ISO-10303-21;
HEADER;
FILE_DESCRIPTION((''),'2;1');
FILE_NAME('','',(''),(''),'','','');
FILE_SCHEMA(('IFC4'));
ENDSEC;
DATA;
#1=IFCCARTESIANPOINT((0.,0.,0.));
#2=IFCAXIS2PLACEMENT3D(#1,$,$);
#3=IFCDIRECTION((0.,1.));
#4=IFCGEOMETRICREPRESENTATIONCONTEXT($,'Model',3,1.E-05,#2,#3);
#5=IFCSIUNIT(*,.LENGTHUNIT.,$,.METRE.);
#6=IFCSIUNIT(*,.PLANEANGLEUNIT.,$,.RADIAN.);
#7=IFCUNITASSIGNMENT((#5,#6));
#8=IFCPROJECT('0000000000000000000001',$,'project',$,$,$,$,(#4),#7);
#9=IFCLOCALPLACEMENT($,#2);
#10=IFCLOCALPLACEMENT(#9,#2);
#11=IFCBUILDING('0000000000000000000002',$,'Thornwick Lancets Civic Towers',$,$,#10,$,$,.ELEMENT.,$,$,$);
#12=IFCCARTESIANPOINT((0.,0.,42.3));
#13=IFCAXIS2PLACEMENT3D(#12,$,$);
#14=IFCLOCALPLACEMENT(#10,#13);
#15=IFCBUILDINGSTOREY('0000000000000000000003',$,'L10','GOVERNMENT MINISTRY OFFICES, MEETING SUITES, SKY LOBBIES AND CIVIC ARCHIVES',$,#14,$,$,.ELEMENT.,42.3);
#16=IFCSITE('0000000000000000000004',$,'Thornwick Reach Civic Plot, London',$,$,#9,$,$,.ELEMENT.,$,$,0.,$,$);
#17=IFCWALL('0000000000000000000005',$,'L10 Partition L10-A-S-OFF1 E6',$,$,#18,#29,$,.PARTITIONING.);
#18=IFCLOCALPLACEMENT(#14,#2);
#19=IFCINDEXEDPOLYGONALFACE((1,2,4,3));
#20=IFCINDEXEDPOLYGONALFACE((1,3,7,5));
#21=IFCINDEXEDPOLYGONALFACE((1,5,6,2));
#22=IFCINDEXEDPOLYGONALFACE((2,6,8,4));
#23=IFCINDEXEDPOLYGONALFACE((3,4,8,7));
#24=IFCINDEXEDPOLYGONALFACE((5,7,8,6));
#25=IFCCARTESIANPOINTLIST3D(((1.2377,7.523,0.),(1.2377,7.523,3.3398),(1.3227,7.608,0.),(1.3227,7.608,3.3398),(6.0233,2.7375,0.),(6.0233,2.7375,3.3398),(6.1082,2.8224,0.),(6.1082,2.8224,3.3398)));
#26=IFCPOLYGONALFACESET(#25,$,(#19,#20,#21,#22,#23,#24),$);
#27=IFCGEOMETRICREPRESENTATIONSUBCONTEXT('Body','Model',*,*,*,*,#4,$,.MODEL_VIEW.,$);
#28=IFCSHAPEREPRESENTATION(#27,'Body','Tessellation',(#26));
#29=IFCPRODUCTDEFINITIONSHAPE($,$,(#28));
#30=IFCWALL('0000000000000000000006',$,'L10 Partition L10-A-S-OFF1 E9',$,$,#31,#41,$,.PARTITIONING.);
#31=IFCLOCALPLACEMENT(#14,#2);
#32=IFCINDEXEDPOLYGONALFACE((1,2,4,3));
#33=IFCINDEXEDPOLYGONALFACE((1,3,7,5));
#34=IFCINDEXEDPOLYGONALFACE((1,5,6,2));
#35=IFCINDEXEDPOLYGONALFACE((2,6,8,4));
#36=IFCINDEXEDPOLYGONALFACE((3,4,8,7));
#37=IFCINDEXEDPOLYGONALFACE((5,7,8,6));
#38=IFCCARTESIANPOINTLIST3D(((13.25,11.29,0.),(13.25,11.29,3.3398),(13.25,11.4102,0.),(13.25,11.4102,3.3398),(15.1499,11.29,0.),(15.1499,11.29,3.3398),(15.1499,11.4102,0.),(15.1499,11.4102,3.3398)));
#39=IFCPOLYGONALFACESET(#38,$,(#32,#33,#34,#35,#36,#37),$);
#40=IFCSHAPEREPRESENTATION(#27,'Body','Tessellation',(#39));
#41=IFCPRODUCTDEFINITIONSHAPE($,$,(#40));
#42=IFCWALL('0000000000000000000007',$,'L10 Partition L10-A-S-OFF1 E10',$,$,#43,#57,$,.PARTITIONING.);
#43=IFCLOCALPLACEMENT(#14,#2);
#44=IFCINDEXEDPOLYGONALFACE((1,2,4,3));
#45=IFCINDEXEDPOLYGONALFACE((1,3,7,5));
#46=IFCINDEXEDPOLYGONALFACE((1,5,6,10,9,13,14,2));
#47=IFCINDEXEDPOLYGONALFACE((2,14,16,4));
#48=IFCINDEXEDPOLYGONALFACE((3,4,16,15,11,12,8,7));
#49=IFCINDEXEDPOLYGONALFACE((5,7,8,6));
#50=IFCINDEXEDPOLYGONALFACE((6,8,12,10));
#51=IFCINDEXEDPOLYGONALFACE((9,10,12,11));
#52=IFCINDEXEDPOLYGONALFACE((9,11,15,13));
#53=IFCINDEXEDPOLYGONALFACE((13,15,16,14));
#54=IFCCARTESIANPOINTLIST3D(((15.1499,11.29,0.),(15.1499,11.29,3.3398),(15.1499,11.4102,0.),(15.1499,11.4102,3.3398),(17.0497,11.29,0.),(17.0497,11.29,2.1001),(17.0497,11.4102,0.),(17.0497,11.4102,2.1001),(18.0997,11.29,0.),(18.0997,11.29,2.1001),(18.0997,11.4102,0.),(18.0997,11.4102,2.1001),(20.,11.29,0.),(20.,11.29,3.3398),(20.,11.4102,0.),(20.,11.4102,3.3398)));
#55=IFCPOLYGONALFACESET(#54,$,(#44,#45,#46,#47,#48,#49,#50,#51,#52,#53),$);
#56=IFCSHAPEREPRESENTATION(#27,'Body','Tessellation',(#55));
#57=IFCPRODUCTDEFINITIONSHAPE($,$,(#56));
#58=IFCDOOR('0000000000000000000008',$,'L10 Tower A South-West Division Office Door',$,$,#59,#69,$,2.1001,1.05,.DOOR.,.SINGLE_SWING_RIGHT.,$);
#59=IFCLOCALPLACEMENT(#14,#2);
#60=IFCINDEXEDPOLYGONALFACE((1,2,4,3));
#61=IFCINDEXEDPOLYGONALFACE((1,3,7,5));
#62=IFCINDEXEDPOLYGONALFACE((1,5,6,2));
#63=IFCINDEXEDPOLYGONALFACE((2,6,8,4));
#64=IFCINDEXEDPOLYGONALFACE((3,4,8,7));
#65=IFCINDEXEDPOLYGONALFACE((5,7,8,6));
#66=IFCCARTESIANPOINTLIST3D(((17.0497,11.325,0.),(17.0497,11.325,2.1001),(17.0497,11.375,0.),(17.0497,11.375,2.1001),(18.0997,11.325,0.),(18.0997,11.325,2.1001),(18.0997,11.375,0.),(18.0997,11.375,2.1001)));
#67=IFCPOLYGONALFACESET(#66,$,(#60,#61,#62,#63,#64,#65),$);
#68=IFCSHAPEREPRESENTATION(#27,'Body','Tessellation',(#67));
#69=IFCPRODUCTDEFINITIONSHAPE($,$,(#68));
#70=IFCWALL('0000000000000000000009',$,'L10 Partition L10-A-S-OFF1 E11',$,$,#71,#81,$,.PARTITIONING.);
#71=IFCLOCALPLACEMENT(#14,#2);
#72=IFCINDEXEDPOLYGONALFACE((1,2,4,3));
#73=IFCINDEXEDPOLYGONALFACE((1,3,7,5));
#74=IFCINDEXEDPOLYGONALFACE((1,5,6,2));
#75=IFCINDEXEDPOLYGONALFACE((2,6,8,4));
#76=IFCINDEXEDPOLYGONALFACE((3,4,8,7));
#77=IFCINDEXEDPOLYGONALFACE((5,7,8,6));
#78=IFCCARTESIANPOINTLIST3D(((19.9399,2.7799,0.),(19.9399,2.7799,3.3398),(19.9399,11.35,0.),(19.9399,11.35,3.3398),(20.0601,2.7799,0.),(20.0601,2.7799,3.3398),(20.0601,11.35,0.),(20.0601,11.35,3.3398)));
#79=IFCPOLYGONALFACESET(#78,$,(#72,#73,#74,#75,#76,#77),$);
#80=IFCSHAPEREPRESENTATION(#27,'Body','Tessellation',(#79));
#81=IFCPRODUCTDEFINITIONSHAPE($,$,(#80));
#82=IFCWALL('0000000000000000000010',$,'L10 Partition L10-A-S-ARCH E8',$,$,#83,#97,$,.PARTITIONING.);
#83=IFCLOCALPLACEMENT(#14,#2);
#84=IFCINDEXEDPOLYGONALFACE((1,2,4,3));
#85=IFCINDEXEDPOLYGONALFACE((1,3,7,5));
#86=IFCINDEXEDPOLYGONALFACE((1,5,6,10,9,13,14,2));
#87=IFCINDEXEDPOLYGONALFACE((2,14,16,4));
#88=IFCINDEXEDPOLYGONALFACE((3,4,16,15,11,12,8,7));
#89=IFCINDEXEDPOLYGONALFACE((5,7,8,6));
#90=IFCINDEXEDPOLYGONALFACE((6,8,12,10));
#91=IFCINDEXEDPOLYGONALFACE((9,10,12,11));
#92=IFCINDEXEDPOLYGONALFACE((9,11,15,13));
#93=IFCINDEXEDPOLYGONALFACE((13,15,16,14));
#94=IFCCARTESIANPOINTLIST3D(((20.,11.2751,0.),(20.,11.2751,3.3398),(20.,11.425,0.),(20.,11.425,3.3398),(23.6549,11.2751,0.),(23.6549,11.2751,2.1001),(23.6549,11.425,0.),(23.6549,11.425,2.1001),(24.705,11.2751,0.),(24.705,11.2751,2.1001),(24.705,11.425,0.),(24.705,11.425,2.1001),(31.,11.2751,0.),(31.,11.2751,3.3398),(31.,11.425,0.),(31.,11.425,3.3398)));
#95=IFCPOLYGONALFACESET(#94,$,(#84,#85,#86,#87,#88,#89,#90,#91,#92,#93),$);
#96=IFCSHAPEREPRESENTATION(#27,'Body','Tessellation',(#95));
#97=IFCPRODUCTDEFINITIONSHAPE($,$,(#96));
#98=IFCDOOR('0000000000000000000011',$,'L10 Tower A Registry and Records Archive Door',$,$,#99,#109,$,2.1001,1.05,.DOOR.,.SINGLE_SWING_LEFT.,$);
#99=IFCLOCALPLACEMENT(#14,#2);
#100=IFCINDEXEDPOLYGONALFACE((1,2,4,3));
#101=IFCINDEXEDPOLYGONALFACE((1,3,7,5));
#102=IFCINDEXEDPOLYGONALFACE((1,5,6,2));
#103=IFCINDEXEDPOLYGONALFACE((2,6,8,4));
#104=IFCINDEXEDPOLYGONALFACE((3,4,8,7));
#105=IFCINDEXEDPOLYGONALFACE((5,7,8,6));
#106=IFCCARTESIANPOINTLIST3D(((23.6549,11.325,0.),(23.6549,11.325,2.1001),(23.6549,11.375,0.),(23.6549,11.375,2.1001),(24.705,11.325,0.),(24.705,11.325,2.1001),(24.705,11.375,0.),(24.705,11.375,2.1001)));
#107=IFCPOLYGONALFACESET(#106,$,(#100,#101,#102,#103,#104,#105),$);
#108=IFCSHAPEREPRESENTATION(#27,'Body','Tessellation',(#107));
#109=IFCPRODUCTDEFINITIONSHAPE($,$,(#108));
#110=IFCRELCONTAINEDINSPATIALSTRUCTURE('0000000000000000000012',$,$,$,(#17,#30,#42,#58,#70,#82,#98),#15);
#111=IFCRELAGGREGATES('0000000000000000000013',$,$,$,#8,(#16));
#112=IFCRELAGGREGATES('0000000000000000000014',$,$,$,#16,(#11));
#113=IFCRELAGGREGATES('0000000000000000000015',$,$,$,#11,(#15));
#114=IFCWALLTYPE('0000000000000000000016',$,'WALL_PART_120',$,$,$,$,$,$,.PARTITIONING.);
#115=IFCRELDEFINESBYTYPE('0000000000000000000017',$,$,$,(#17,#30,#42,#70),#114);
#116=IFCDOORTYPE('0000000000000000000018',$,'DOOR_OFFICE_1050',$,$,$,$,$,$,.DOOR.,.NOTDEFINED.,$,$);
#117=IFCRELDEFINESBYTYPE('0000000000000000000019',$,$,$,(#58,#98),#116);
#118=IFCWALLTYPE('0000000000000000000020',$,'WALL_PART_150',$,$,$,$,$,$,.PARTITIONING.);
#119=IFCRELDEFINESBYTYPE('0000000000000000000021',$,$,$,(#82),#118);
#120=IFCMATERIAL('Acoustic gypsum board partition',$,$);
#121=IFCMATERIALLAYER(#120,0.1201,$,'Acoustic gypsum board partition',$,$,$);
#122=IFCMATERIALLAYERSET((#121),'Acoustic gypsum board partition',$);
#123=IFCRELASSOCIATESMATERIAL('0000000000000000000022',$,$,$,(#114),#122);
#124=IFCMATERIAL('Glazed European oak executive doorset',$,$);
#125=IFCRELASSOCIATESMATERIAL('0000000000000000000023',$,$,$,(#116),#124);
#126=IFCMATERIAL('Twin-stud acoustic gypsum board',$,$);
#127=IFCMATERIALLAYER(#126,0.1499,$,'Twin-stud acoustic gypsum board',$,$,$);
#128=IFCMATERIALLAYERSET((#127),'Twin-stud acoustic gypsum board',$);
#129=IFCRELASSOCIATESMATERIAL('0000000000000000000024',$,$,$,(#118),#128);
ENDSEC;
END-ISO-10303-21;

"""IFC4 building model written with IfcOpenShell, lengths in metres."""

from ifc_helpers import new_model, si_unit, direction, frame, frame_2d, origin, place, context, subcontext, project, spatial, rectangle, extrude, material, layer, layer_set, type_object, element, fill, save


model = new_model("IFC4")

# Units and contexts
model_context = context("Model", 3, precision=1e-05, world=origin(), true_north=direction((0.0, 1.0)))
body_context = subcontext(model_context, "Body", "Model", "MODEL_VIEW")
ifc_project = project(units=[si_unit("LENGTHUNIT", "METRE"), si_unit("PLANEANGLEUNIT", "RADIAN")], contexts=[model_context])

# Site, building, storey
site_placement = place(None, origin())
site = spatial("IfcSite", under=ifc_project, at=site_placement, Name="Thornwick Reach Civic Plot, London", CompositionType="ELEMENT", RefElevation=0.0)
building_placement = place(site_placement, origin())
building = spatial("IfcBuilding", under=site, at=building_placement, Name="Thornwick Lancets Civic Towers", CompositionType="ELEMENT")
storey_placement = place(building_placement, frame((0.0, 0.0, 42.3)))
storey = spatial("IfcBuildingStorey", under=building, at=storey_placement, Name="L10", Description="GOVERNMENT MINISTRY OFFICES, MEETING SUITES, SKY LOBBIES AND CIVIC ARCHIVES", CompositionType="ELEMENT", Elevation=42.3)

# Walls
ifc_material_1 = material(Name="Acoustic gypsum board partition")
ifc_layer_1 = layer(ifc_material_1, 0.1201, Name="Acoustic gypsum board partition")
ifc_layer_set_1 = layer_set([ifc_layer_1], Name="Acoustic gypsum board partition")
wall_type_1 = type_object("IfcWallType", Name="WALL_PART_120", PredefinedType="PARTITIONING", material=ifc_layer_set_1)
wall_1_placement = place(storey_placement, frame((6.0657, 2.78, 0.0), z_axis=(0.0, 0.0, 1.0), x_axis=(-0.707107, 0.707107, 0.0)))
element("IfcWall", 1, at=wall_1_placement, inside=storey, type_object=wall_type_1, Name="L10 Partition L10-A-S-OFF1 E6", PredefinedType="PARTITIONING", context=body_context, shape_type="SweptSolid", body=[
    extrude(rectangle(XDim=6.7678, YDim=0.1201, at=frame_2d((3.3838, 0.0))), origin(), (0.0, 0.0, 1.0), 3.3398),
])
wall_2_placement = place(storey_placement, frame((13.25, 11.3501, 0.0), z_axis=(0.0, 0.0, 1.0), x_axis=(1.0, 0.0, 0.0)))
element("IfcWall", 2, at=wall_2_placement, inside=storey, type_object=wall_type_1, Name="L10 Partition L10-A-S-OFF1 E9", PredefinedType="PARTITIONING", context=body_context, shape_type="SweptSolid", body=[
    extrude(rectangle(XDim=1.8999, YDim=0.1201, at=frame_2d((0.95, 0.0))), origin(), (0.0, 0.0, 1.0), 3.3398),
])

# Wall, opening, door
wall_3_placement = place(storey_placement, frame((15.1499, 11.3501, 0.0), z_axis=(0.0, 0.0, 1.0), x_axis=(1.0, 0.0, 0.0)))
wall_3 = element("IfcWall", 3, at=wall_3_placement, inside=storey, type_object=wall_type_1, Name="L10 Partition L10-A-S-OFF1 E10", PredefinedType="PARTITIONING", context=body_context, shape_type="SweptSolid", body=[
    extrude(rectangle(XDim=4.8501, YDim=0.1201, at=frame_2d((2.425, 0.0))), origin(), (0.0, 0.0, 1.0), 3.3398),
])
opening_1_placement = place(wall_3_placement, frame((1.8999, 0.0, 0.0)))
opening_1 = element("IfcOpeningElement", 4, at=opening_1_placement, cuts=wall_3, PredefinedType="OPENING", context=body_context, shape_type="SweptSolid", body=[
    extrude(rectangle(XDim=1.05, YDim=2.1001, at=frame_2d((0.5249, 1.05))), frame((0.0, 0.0701, 0.0), z_axis=(0.0, -1.0, 0.0), x_axis=(1.0, 0.0, 0.0)), (0.0, 0.0, 1.0), 0.1401),
])
ifc_material_2 = material(Name="Glazed European oak executive doorset")
door_type_1 = type_object("IfcDoorType", Name="DOOR_OFFICE_1050", OperationType="NOTDEFINED", PredefinedType="DOOR", material=ifc_material_2)
door_1_placement = place(opening_1_placement, origin())
door_1 = element("IfcDoor", 5, at=door_1_placement, inside=storey, type_object=door_type_1, Name="L10 Tower A South-West Division Office Door", OperationType="SINGLE_SWING_RIGHT", OverallHeight=2.1001, OverallWidth=1.05, PredefinedType="DOOR", context=body_context, shape_type="SweptSolid", body=[
    extrude(rectangle(XDim=1.05, YDim=2.1001, at=frame_2d((0.5249, 1.05))), frame((0.0, 0.0249, 0.0), z_axis=(0.0, -1.0, 0.0), x_axis=(1.0, 0.0, 0.0)), (0.0, 0.0, 1.0), 0.05),
])
fill(opening_1, door_1)

# Wall
wall_4_placement = place(storey_placement, frame((20.0, 11.3501, 0.0), z_axis=(0.0, 0.0, 1.0), x_axis=(0.0, -1.0, 0.0)))
element("IfcWall", 6, at=wall_4_placement, inside=storey, type_object=wall_type_1, Name="L10 Partition L10-A-S-OFF1 E11", PredefinedType="PARTITIONING", context=body_context, shape_type="SweptSolid", body=[
    extrude(rectangle(XDim=8.5701, YDim=0.1201, at=frame_2d((4.2852, 0.0))), origin(), (0.0, 0.0, 1.0), 3.3398),
])

# Wall, opening, door
ifc_material_3 = material(Name="Twin-stud acoustic gypsum board")
ifc_layer_2 = layer(ifc_material_3, 0.1499, Name="Twin-stud acoustic gypsum board")
ifc_layer_set_2 = layer_set([ifc_layer_2], Name="Twin-stud acoustic gypsum board")
wall_type_2 = type_object("IfcWallType", Name="WALL_PART_150", PredefinedType="PARTITIONING", material=ifc_layer_set_2)
wall_5_placement = place(storey_placement, frame((20.0, 11.3501, 0.0), z_axis=(0.0, 0.0, 1.0), x_axis=(1.0, 0.0, 0.0)))
wall_5 = element("IfcWall", 7, at=wall_5_placement, inside=storey, type_object=wall_type_2, Name="L10 Partition L10-A-S-ARCH E8", PredefinedType="PARTITIONING", context=body_context, shape_type="SweptSolid", body=[
    extrude(rectangle(XDim=11.0, YDim=0.1499, at=frame_2d((5.5, 0.0))), origin(), (0.0, 0.0, 1.0), 3.3398),
])
opening_2_placement = place(wall_5_placement, frame((3.655, 0.0, 0.0)))
opening_2 = element("IfcOpeningElement", 8, at=opening_2_placement, cuts=wall_5, PredefinedType="OPENING", context=body_context, shape_type="SweptSolid", body=[
    extrude(rectangle(XDim=1.05, YDim=2.1001, at=frame_2d((0.5249, 1.05))), frame((0.0, 0.085, 0.0), z_axis=(0.0, -1.0, 0.0), x_axis=(1.0, 0.0, 0.0)), (0.0, 0.0, 1.0), 0.1699),
])
door_2_placement = place(opening_2_placement, origin())
door_2 = element("IfcDoor", 9, at=door_2_placement, inside=storey, type_object=door_type_1, Name="L10 Tower A Registry and Records Archive Door", OperationType="SINGLE_SWING_LEFT", OverallHeight=2.1001, OverallWidth=1.05, PredefinedType="DOOR", context=body_context, shape_type="SweptSolid", body=[
    extrude(rectangle(XDim=1.05, YDim=2.1001, at=frame_2d((0.5249, 1.05))), frame((0.0, 0.0249, 0.0), z_axis=(0.0, -1.0, 0.0), x_axis=(1.0, 0.0, 0.0)), (0.0, 0.0, 1.0), 0.05),
])
fill(opening_2, door_2)

save(model, "model.ifc")
